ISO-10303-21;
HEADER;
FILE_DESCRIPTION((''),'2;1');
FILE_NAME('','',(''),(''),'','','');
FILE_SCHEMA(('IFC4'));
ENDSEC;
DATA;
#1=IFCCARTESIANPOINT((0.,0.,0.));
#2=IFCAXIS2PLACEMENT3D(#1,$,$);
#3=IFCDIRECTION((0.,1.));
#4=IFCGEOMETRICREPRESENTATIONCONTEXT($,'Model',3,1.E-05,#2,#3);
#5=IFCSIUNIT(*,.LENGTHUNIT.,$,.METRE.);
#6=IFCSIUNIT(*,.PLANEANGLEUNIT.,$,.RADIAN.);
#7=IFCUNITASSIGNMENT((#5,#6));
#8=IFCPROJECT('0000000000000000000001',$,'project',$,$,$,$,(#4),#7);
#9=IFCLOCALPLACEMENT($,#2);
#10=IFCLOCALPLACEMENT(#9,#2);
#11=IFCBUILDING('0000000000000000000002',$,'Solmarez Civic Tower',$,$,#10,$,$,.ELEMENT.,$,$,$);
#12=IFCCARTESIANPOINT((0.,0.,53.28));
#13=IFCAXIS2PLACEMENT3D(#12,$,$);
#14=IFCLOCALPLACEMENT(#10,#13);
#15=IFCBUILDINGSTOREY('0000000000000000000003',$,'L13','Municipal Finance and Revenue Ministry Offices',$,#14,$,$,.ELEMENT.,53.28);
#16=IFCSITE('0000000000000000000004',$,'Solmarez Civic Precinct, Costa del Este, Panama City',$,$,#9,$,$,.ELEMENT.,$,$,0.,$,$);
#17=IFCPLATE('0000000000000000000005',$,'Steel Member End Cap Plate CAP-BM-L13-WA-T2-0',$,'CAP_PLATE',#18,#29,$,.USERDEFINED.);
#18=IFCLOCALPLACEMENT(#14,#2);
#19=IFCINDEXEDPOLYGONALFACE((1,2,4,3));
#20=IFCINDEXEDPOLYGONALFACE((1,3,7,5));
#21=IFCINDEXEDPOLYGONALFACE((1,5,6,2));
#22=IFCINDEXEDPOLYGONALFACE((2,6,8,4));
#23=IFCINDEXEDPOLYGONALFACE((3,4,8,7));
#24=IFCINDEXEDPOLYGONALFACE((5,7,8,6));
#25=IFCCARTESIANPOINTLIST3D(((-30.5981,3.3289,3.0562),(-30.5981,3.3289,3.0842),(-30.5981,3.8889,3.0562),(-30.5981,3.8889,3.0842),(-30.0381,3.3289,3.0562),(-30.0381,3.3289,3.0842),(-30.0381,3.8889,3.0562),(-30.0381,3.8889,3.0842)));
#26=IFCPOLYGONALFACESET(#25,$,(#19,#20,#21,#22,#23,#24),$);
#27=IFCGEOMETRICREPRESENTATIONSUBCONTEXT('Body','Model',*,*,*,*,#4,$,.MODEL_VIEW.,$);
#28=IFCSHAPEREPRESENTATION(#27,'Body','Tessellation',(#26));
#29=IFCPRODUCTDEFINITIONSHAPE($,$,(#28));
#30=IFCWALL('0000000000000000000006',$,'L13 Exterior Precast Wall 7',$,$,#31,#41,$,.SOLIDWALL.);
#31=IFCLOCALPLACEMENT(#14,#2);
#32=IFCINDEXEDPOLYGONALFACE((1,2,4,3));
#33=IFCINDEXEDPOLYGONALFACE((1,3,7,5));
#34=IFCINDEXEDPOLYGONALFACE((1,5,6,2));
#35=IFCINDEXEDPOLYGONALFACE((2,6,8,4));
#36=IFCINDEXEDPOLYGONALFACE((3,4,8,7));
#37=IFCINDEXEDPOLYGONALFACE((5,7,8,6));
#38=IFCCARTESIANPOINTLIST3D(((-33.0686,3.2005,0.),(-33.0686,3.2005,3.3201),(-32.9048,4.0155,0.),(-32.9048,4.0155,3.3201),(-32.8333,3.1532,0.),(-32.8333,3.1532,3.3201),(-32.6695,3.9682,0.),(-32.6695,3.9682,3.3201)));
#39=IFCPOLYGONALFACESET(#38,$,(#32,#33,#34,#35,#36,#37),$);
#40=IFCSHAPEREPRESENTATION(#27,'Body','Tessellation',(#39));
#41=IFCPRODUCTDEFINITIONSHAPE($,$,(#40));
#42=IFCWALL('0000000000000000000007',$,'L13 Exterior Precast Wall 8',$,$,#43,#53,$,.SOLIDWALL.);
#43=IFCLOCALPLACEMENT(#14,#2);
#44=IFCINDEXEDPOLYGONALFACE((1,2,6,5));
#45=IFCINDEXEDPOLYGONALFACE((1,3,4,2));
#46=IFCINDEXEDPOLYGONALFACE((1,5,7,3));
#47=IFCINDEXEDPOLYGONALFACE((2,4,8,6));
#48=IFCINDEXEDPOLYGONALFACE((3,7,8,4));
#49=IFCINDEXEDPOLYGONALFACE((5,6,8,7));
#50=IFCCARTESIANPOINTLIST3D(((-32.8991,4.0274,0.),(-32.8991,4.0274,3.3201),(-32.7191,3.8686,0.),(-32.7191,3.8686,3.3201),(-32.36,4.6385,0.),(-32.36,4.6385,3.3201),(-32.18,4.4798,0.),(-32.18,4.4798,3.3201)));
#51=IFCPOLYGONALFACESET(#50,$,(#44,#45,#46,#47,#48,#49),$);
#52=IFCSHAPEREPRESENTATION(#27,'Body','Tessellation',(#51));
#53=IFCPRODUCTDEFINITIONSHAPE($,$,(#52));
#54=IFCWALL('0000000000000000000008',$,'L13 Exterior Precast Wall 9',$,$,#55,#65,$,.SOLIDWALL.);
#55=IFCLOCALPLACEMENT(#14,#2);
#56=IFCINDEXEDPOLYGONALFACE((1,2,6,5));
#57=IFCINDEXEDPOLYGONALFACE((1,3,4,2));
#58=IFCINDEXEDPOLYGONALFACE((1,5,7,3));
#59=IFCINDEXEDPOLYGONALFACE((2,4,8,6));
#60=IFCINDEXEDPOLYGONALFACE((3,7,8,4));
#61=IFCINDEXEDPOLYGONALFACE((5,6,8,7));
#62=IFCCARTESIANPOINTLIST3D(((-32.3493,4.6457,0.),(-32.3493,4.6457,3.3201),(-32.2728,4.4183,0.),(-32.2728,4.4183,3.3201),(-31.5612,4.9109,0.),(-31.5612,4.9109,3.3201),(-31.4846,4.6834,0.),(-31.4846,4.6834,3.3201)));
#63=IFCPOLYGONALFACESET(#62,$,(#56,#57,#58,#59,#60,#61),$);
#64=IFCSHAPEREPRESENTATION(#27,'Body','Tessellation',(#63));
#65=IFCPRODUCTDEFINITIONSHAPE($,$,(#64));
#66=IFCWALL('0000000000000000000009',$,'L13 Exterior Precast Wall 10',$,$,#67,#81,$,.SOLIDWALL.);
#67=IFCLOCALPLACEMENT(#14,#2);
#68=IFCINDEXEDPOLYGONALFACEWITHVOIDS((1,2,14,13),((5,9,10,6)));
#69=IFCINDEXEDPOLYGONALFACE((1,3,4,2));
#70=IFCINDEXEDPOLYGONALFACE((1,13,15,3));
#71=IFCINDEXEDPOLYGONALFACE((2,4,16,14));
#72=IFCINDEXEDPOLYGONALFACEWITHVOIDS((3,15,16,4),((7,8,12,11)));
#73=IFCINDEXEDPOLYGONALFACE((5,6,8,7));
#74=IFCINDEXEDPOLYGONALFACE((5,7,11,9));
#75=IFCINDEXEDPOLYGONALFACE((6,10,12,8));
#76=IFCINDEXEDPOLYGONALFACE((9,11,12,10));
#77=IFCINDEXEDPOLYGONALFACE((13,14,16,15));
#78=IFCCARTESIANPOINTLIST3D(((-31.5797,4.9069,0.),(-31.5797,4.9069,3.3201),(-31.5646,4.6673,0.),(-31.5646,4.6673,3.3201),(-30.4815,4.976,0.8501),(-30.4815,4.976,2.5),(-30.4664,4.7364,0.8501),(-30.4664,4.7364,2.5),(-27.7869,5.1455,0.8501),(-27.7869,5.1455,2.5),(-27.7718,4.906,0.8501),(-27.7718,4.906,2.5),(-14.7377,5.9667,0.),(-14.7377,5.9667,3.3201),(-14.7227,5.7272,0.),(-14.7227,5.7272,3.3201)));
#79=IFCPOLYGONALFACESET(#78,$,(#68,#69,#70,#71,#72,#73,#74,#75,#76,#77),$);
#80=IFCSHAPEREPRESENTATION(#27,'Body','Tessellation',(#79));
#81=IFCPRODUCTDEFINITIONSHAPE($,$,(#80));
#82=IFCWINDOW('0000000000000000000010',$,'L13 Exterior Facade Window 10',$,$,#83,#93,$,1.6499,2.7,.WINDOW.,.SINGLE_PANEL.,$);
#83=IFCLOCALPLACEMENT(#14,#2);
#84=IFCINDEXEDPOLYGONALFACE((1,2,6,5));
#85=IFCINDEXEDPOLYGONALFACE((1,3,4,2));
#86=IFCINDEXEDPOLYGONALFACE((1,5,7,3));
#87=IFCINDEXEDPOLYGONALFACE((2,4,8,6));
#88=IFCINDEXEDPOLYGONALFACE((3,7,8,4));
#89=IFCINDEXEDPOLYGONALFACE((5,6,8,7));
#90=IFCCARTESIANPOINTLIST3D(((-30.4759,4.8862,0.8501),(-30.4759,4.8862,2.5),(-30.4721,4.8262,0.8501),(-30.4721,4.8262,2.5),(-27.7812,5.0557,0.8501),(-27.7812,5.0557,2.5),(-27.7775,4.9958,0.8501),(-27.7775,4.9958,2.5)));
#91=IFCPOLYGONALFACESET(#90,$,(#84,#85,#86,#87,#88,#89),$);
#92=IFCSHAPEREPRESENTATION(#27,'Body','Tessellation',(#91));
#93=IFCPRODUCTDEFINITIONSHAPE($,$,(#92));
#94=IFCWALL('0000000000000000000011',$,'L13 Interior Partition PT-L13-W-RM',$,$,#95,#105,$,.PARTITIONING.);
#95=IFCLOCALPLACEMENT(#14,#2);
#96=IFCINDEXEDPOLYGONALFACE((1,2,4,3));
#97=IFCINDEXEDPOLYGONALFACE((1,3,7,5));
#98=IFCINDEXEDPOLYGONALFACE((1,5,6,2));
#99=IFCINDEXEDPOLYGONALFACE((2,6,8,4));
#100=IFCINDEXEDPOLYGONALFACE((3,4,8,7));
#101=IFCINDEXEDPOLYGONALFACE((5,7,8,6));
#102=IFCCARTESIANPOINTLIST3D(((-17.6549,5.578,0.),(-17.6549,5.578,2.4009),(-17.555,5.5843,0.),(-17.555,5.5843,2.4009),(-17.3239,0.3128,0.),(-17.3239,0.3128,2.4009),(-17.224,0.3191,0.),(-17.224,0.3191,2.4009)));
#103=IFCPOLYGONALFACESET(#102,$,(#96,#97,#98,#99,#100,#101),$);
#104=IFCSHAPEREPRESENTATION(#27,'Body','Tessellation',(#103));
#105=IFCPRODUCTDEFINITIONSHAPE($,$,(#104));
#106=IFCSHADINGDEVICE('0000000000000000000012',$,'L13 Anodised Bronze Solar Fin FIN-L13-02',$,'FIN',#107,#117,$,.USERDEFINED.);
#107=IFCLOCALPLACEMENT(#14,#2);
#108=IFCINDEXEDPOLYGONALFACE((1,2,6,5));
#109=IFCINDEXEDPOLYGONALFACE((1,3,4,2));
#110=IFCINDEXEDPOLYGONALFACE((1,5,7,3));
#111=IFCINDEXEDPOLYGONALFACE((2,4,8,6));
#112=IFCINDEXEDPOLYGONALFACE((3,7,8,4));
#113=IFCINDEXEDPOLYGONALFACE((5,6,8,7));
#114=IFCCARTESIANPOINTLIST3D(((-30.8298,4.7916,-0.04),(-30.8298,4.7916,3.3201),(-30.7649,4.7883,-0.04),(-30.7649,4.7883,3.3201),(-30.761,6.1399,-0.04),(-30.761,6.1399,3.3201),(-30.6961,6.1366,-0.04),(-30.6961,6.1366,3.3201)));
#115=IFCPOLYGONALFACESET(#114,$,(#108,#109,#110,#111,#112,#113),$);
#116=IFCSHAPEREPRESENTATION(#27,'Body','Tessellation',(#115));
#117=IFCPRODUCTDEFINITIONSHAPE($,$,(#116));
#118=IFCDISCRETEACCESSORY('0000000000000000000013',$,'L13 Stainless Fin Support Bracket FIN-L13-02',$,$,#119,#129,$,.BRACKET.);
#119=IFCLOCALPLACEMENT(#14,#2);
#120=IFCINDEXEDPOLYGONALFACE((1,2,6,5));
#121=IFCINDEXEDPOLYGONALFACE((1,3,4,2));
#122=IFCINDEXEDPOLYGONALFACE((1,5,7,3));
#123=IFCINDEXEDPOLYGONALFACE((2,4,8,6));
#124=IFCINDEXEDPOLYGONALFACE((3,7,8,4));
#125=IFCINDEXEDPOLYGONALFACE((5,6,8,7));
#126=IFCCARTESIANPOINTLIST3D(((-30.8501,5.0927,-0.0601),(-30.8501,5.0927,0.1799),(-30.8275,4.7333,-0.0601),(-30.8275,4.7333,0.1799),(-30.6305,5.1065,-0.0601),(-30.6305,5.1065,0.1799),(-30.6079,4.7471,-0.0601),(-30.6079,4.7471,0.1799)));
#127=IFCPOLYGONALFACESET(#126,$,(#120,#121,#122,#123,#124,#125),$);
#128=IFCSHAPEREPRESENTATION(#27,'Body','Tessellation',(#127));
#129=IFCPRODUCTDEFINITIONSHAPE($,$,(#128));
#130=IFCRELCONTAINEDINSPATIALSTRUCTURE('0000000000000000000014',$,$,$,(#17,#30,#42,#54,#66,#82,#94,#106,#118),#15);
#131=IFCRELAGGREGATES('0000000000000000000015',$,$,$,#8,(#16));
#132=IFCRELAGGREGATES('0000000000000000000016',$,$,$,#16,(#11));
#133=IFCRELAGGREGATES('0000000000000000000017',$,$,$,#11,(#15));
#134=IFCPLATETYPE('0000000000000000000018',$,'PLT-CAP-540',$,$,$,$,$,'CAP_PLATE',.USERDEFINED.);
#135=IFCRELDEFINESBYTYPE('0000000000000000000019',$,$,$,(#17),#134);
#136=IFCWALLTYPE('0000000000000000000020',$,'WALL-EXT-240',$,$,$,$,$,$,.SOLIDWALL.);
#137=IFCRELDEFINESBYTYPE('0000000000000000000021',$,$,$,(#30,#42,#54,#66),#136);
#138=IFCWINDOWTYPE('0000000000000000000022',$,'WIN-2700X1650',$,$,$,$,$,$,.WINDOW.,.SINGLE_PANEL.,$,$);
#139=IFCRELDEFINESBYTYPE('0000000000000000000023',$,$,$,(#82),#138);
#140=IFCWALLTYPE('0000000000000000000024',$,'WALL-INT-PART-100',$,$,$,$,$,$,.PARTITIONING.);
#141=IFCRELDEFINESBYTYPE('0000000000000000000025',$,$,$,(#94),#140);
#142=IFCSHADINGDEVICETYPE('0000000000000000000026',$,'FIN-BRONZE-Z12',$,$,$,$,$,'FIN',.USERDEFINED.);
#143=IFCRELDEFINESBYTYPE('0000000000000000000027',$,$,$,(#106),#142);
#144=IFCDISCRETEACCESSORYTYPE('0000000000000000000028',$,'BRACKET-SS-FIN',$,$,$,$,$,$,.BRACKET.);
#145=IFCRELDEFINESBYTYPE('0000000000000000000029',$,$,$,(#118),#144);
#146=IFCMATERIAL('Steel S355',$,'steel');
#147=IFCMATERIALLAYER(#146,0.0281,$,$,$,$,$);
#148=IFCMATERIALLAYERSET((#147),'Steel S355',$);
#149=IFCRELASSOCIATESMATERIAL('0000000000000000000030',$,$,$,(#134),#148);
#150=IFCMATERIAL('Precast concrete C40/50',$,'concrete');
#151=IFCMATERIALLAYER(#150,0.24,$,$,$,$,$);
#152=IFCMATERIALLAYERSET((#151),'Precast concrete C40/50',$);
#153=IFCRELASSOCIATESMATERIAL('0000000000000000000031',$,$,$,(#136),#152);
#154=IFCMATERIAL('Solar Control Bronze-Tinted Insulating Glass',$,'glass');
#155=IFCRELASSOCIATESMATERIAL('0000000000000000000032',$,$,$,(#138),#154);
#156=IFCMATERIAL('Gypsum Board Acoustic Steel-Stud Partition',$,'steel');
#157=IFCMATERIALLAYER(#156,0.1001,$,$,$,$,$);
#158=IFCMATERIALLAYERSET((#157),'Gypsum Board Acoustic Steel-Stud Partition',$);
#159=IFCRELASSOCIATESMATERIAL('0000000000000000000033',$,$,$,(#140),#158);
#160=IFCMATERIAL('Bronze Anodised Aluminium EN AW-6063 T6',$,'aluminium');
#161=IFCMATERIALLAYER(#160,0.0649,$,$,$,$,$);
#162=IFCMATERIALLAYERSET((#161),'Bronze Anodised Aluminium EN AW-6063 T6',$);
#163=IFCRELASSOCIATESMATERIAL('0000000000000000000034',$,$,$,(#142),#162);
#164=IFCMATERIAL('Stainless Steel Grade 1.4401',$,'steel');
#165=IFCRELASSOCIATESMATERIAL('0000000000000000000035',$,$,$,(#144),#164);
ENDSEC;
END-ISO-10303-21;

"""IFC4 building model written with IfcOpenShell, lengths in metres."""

from ifc_helpers import new_model, si_unit, direction, frame, frame_2d, origin, origin_2d, place, context, subcontext, project, spatial, rectangle, extrude, material, layer, layer_set, type_object, element, fill, save


model = new_model("IFC4")

# Units and contexts
model_context = context("Model", 3, precision=1e-05, world=origin(), true_north=direction((0.0, 1.0)))
body_context = subcontext(model_context, "Body", "Model", "MODEL_VIEW")
ifc_project = project(units=[si_unit("LENGTHUNIT", "METRE"), si_unit("PLANEANGLEUNIT", "RADIAN")], contexts=[model_context])

# Site, building, storey
site_placement = place(None, origin())
site = spatial("IfcSite", under=ifc_project, at=site_placement, Name="Solmarez Civic Precinct, Costa del Este, Panama City", CompositionType="ELEMENT", RefElevation=0.0)
building_placement = place(site_placement, origin())
building = spatial("IfcBuilding", under=site, at=building_placement, Name="Solmarez Civic Tower", CompositionType="ELEMENT")
storey_placement = place(building_placement, frame((0.0, 0.0, 53.28)))
storey = spatial("IfcBuildingStorey", under=building, at=storey_placement, Name="L13", Description="Municipal Finance and Revenue Ministry Offices", CompositionType="ELEMENT", Elevation=53.28)

# Shared definitions
ifc_material_1 = material(Name="Steel S355", Category="steel")

# Shared definitions
ifc_material_2 = material(Name="Bronze Anodised Aluminium EN AW-6063 T6", Category="aluminium")

# Plate
ifc_layer_1 = layer(ifc_material_1, 0.0281)
ifc_layer_set_1 = layer_set([ifc_layer_1], Name="Steel S355")
plate_type_1 = type_object("IfcPlateType", Name="PLT-CAP-540", ElementType="CAP_PLATE", PredefinedType="USERDEFINED", material=ifc_layer_set_1)
plate_1_placement = place(storey_placement, frame((-30.3181, 3.6089, 3.0562), z_axis=(0.0, 0.0, 1.0), x_axis=(1.0, 0.0, 0.0)))
element("IfcPlate", 1, at=plate_1_placement, inside=storey, type_object=plate_type_1, Name="Steel Member End Cap Plate CAP-BM-L13-WA-T2-0", ObjectType="CAP_PLATE", PredefinedType="USERDEFINED", context=body_context, shape_type="SweptSolid", body=[
    extrude(rectangle(XDim=0.5601, YDim=0.5601, at=origin_2d()), origin(), (0.0, 0.0, 1.0), 0.0281),
])

# Walls
ifc_material_3 = material(Name="Precast concrete C40/50", Category="concrete")
ifc_layer_2 = layer(ifc_material_3, 0.24)
ifc_layer_set_2 = layer_set([ifc_layer_2], Name="Precast concrete C40/50")
wall_type_1 = type_object("IfcWallType", Name="WALL-EXT-240", PredefinedType="SOLIDWALL", material=ifc_layer_set_2)
wall_1_placement = place(storey_placement, frame((-32.9509, 3.177, 0.0), z_axis=(0.0, 0.0, 1.0), x_axis=(0.197076, 0.980388, 0.0)))
element("IfcWall", 2, at=wall_1_placement, inside=storey, type_object=wall_type_1, Name="L13 Exterior Precast Wall 7", PredefinedType="SOLIDWALL", context=body_context, shape_type="SweptSolid", body=[
    extrude(rectangle(XDim=0.8313, YDim=0.24, at=frame_2d((0.4155, 0.0))), origin(), (0.0, 0.0, 1.0), 3.3201),
])
wall_2_placement = place(storey_placement, frame((-32.8091, 3.948, 0.0), z_axis=(0.0, 0.0, 1.0), x_axis=(0.661532, 0.749917, 0.0)))
element("IfcWall", 3, at=wall_2_placement, inside=storey, type_object=wall_type_1, Name="L13 Exterior Precast Wall 8", PredefinedType="SOLIDWALL", context=body_context, shape_type="SweptSolid", body=[
    extrude(rectangle(XDim=0.8149, YDim=0.24, at=frame_2d((0.4075, 0.0))), origin(), (0.0, 0.0, 1.0), 3.3201),
])
wall_3_placement = place(storey_placement, frame((-32.311, 4.532, 0.0), z_axis=(0.0, 0.0, 1.0), x_axis=(0.947799, 0.318869, 0.0)))
element("IfcWall", 4, at=wall_3_placement, inside=storey, type_object=wall_type_1, Name="L13 Exterior Precast Wall 9", PredefinedType="SOLIDWALL", context=body_context, shape_type="SweptSolid", body=[
    extrude(rectangle(XDim=0.8315, YDim=0.24, at=frame_2d((0.4158, 0.0))), origin(), (0.0, 0.0, 1.0), 3.3201),
])

# Wall, opening, window
wall_4_placement = place(storey_placement, frame((-31.572, 4.7871, 0.0), z_axis=(0.0, 0.0, 1.0), x_axis=(0.998026, 0.062803, 0.0)))
wall_4 = element("IfcWall", 5, at=wall_4_placement, inside=storey, type_object=wall_type_1, Name="L13 Exterior Precast Wall 10", PredefinedType="SOLIDWALL", context=body_context, shape_type="SweptSolid", body=[
    extrude(rectangle(XDim=16.8752, YDim=0.24, at=frame_2d((8.4375, 0.0))), origin(), (0.0, 0.0, 1.0), 3.3201),
])
opening_placement = place(wall_4_placement, frame((1.1001, 0.0, 0.8501)))
opening = element("IfcOpeningElement", 6, at=opening_placement, cuts=wall_4, PredefinedType="OPENING", context=body_context, shape_type="SweptSolid", body=[
    extrude(rectangle(XDim=2.7, YDim=1.6499, at=frame_2d((1.3501, 0.825))), frame((0.0, 0.1299, 0.0), z_axis=(0.0, -1.0, 0.0), x_axis=(1.0, 0.0, 0.0)), (0.0, 0.0, 1.0), 0.26),
])
ifc_material_4 = material(Name="Solar Control Bronze-Tinted Insulating Glass", Category="glass")
window_type = type_object("IfcWindowType", Name="WIN-2700X1650", PartitioningType="SINGLE_PANEL", PredefinedType="WINDOW", material=ifc_material_4)
window_placement = place(opening_placement, origin())
window = element("IfcWindow", 7, at=window_placement, inside=storey, type_object=window_type, Name="L13 Exterior Facade Window 10", OverallHeight=1.6499, OverallWidth=2.7, PartitioningType="SINGLE_PANEL", PredefinedType="WINDOW", context=body_context, shape_type="SweptSolid", body=[
    extrude(rectangle(XDim=2.7, YDim=1.6499, at=frame_2d((1.3501, 0.825))), frame((0.0, 0.03, 0.0), z_axis=(0.0, -1.0, 0.0), x_axis=(1.0, 0.0, 0.0)), (0.0, 0.0, 1.0), 0.0601),
])
fill(opening, window)

# Wall
ifc_material_5 = material(Name="Gypsum Board Acoustic Steel-Stud Partition", Category="steel")
ifc_layer_3 = layer(ifc_material_5, 0.1001)
ifc_layer_set_3 = layer_set([ifc_layer_3], Name="Gypsum Board Acoustic Steel-Stud Partition")
wall_type_2 = type_object("IfcWallType", Name="WALL-INT-PART-100", PredefinedType="PARTITIONING", material=ifc_layer_set_3)
wall_5_placement = place(storey_placement, frame((-17.605, 5.5811, 0.0), z_axis=(0.0, 0.0, 1.0), x_axis=(0.062753, -0.998029, 0.0)))
element("IfcWall", 8, at=wall_5_placement, inside=storey, type_object=wall_type_2, Name="L13 Interior Partition PT-L13-W-RM", PredefinedType="PARTITIONING", context=body_context, shape_type="SweptSolid", body=[
    extrude(rectangle(XDim=5.2756, YDim=0.1001, at=frame_2d((2.6377, 0.0))), origin(), (0.0, 0.0, 1.0), 2.4009),
])

# Shading device
ifc_layer_4 = layer(ifc_material_2, 0.0649)
ifc_layer_set_4 = layer_set([ifc_layer_4], Name="Bronze Anodised Aluminium EN AW-6063 T6")
shading_device_type = type_object("IfcShadingDeviceType", Name="FIN-BRONZE-Z12", ElementType="FIN", PredefinedType="USERDEFINED", material=ifc_layer_set_4)
shading_device_placement = place(storey_placement, frame((-30.7629, 5.4641, -0.04), z_axis=(0.0, 0.0, 1.0), x_axis=(0.050942, 0.998702, 0.0)))
element("IfcShadingDevice", 9, at=shading_device_placement, inside=storey, type_object=shading_device_type, Name="L13 Anodised Bronze Solar Fin FIN-L13-02", ObjectType="FIN", PredefinedType="USERDEFINED", context=body_context, shape_type="SweptSolid", body=[
    extrude(rectangle(XDim=1.3501, YDim=0.0649, at=origin_2d()), origin(), (0.0, 0.0, 1.0), 3.3601),
])

# Discrete accessory
ifc_material_6 = material(Name="Stainless Steel Grade 1.4401", Category="steel")
discrete_accessory_type = type_object("IfcDiscreteAccessoryType", Name="BRACKET-SS-FIN", PredefinedType="BRACKET", material=ifc_material_6)
discrete_accessory_placement = place(storey_placement, frame((-30.729, 4.9199, -0.0601), z_axis=(0.0, 0.0, 1.0), x_axis=(-0.062791, 0.998027, 0.0)))
element("IfcDiscreteAccessory", 10, at=discrete_accessory_placement, inside=storey, type_object=discrete_accessory_type, Name="L13 Stainless Fin Support Bracket FIN-L13-02", PredefinedType="BRACKET", context=body_context, shape_type="SweptSolid", body=[
    extrude(rectangle(XDim=0.3601, YDim=0.22, at=origin_2d()), origin(), (0.0, 0.0, 1.0), 0.24),
])

save(model, "model.ifc")
